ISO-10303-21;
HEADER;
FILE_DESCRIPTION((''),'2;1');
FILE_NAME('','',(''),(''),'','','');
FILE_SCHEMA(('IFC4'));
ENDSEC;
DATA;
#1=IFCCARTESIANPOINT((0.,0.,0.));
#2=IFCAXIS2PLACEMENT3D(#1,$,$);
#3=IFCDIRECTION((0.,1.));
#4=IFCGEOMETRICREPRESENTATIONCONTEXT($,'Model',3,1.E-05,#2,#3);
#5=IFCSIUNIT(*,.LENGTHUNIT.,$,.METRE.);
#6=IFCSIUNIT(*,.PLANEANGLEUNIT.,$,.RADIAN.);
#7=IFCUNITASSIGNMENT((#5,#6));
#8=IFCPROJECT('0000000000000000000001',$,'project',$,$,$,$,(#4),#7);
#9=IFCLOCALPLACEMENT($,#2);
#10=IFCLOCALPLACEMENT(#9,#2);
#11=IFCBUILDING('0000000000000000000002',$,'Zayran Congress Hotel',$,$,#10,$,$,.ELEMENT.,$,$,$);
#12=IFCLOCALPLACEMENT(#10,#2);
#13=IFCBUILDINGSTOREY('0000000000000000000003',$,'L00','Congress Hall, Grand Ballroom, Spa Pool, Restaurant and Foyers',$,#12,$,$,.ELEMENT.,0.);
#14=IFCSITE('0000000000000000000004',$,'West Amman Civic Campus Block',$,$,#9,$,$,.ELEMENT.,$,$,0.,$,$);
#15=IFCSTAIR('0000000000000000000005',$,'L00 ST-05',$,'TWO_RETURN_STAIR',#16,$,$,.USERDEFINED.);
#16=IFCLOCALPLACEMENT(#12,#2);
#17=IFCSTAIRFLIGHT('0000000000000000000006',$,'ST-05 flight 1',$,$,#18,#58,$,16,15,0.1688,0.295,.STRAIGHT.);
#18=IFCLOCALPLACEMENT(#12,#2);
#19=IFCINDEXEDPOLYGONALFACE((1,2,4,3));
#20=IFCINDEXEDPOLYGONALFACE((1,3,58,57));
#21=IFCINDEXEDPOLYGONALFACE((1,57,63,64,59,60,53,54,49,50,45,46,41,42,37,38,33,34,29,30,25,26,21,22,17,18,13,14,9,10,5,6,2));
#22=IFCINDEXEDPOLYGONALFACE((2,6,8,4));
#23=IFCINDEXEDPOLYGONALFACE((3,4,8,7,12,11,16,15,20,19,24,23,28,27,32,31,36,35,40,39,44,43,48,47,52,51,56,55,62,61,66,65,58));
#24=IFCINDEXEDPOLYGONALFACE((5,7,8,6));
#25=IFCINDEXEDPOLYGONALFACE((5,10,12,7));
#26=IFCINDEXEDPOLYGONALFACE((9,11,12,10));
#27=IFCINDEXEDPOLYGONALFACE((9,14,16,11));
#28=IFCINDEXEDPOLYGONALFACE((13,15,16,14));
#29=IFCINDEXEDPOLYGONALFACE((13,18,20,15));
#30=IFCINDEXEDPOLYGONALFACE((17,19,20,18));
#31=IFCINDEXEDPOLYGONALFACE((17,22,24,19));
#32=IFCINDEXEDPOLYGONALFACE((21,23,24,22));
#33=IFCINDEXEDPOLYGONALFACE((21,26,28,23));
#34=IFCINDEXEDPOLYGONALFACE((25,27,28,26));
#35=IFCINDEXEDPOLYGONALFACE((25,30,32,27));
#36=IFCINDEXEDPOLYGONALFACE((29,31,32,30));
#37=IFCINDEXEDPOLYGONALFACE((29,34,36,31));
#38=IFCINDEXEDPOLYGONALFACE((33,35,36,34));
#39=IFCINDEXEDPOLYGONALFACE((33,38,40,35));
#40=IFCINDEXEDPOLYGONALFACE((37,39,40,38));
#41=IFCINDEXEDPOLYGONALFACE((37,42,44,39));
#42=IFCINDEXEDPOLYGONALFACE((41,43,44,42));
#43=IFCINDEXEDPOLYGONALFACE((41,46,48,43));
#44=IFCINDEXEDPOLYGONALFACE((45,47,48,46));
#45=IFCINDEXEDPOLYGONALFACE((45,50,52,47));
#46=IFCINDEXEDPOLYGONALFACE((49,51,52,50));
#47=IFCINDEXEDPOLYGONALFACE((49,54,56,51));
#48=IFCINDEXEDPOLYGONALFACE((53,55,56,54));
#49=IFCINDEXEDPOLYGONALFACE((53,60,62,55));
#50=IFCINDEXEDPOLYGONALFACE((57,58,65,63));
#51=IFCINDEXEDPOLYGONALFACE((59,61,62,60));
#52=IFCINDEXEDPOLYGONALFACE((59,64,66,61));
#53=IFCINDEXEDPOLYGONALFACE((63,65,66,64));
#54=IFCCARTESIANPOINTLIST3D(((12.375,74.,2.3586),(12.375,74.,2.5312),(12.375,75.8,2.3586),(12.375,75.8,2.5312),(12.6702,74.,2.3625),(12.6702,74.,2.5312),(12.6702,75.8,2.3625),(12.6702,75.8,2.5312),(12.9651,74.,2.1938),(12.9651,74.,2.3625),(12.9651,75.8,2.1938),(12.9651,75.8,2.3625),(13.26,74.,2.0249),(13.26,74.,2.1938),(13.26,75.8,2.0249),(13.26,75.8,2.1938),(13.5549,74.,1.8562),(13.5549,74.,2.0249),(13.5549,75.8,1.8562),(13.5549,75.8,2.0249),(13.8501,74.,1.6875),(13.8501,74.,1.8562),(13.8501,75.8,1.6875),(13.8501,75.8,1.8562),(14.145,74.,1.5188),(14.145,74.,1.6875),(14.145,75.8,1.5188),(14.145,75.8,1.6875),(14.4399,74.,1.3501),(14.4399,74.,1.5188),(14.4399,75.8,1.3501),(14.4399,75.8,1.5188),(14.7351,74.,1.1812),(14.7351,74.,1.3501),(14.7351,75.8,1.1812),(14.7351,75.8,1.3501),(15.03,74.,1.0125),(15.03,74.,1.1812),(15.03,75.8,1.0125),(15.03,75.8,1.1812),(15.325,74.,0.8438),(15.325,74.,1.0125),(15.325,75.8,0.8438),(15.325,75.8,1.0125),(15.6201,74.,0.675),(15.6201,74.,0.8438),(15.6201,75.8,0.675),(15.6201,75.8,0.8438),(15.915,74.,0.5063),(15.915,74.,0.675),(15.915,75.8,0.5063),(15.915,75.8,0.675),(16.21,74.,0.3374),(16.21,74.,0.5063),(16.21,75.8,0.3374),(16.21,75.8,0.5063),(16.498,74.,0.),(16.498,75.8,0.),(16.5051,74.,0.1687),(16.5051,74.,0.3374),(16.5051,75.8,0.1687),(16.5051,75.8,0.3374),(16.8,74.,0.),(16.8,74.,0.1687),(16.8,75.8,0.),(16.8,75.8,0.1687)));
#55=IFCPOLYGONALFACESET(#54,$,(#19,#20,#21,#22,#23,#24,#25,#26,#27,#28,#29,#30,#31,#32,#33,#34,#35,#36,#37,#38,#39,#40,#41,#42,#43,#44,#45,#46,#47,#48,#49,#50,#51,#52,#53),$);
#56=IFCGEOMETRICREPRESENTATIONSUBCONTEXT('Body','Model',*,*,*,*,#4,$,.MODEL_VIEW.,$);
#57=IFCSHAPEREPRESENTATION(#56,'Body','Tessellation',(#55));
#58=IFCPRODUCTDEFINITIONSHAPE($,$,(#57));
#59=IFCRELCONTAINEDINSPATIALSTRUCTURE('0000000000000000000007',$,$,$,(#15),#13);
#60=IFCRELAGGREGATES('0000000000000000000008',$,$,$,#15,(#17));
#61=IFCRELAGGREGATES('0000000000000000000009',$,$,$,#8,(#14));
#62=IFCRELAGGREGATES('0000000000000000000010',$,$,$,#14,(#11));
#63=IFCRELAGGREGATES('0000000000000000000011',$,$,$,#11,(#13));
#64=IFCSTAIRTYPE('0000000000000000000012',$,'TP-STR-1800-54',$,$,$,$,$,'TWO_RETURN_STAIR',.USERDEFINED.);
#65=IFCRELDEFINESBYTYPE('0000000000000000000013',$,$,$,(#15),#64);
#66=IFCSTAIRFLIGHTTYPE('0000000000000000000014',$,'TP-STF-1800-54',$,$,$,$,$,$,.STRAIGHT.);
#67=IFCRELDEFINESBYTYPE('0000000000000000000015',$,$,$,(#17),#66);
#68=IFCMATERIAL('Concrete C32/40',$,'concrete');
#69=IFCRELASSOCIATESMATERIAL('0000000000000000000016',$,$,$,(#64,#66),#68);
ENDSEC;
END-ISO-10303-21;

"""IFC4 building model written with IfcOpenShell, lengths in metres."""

from ifc_helpers import new_model, si_unit, direction, frame, origin, place, context, subcontext, project, spatial, polyline, outline, extrude, material, type_object, element, aggregate, save


model = new_model("IFC4")

# Units and contexts
model_context = context("Model", 3, precision=1e-05, world=origin(), true_north=direction((0.0, 1.0)))
body_context = subcontext(model_context, "Body", "Model", "MODEL_VIEW")
ifc_project = project(units=[si_unit("LENGTHUNIT", "METRE"), si_unit("PLANEANGLEUNIT", "RADIAN")], contexts=[model_context])

# Site, building, storey
site_placement = place(None, origin())
site = spatial("IfcSite", under=ifc_project, at=site_placement, Name="West Amman Civic Campus Block", CompositionType="ELEMENT", RefElevation=0.0)
building_placement = place(site_placement, origin())
building = spatial("IfcBuilding", under=site, at=building_placement, Name="Zayran Congress Hotel", CompositionType="ELEMENT")
storey_placement = place(building_placement, origin())
storey = spatial("IfcBuildingStorey", under=building, at=storey_placement, Name="L00", Description="Congress Hall, Grand Ballroom, Spa Pool, Restaurant and Foyers", CompositionType="ELEMENT", Elevation=0.0)

# Stair, stair flight
ifc_material_1 = material(Name="Concrete C32/40", Category="concrete")
stair_type = type_object("IfcStairType", Name="TP-STR-1800-54", ElementType="TWO_RETURN_STAIR", PredefinedType="USERDEFINED", material=ifc_material_1)
stair_placement = place(storey_placement, origin())
stair = element("IfcStair", 1, at=stair_placement, inside=storey, type_object=stair_type, Name="L00 ST-05", ObjectType="TWO_RETURN_STAIR", PredefinedType="USERDEFINED")
stair_flight_type = type_object("IfcStairFlightType", Name="TP-STF-1800-54", PredefinedType="STRAIGHT", material=ifc_material_1)
stair_flight_placement = place(storey_placement, frame((16.8, 74.8999, 0.0), z_axis=(0.0, 0.0, 1.0), x_axis=(-1.0, 0.0, 0.0)))
stair_flight = element("IfcStairFlight", 2, at=stair_flight_placement, type_object=stair_flight_type, Name="ST-05 flight 1", NumberOfRisers=16, NumberOfTreads=15, PredefinedType="STRAIGHT", RiserHeight=0.1688, TreadLength=0.295, context=body_context, shape_type="SweptSolid", body=[
    extrude(outline(polyline([(0.0, 0.0), (0.0, 0.1687), (0.2949, 0.1687), (0.2949, 0.3374), (0.5901, 0.3374), (0.5901, 0.5063), (0.885, 0.5063), (0.885, 0.675), (1.1799, 0.675), (1.1799, 0.8438), (1.4751, 0.8438), (1.4751, 1.0125), (1.77, 1.0125), (1.77, 1.1812), (2.0649, 1.1812), (2.0649, 1.3501), (2.3601, 1.3501), (2.3601, 1.5188), (2.655, 1.5188), (2.655, 1.6875), (2.95, 1.6875), (2.95, 1.8562), (3.2451, 1.8562), (3.2451, 2.0249), (3.54, 2.0249), (3.54, 2.1938), (3.835, 2.1938), (3.835, 2.3625), (4.1299, 2.3625), (4.1299, 2.5312), (4.425, 2.5312), (4.425, 2.7), (4.425, 2.3586), (0.302, 0.0), (0.0, 0.0)])), frame((0.0, 0.8999, 0.0), z_axis=(0.0, -1.0, 0.0), x_axis=(1.0, 0.0, 0.0)), (0.0, 0.0, 1.0), 1.8),
])
aggregate(stair, [stair_flight])

save(model, "model.ifc")
